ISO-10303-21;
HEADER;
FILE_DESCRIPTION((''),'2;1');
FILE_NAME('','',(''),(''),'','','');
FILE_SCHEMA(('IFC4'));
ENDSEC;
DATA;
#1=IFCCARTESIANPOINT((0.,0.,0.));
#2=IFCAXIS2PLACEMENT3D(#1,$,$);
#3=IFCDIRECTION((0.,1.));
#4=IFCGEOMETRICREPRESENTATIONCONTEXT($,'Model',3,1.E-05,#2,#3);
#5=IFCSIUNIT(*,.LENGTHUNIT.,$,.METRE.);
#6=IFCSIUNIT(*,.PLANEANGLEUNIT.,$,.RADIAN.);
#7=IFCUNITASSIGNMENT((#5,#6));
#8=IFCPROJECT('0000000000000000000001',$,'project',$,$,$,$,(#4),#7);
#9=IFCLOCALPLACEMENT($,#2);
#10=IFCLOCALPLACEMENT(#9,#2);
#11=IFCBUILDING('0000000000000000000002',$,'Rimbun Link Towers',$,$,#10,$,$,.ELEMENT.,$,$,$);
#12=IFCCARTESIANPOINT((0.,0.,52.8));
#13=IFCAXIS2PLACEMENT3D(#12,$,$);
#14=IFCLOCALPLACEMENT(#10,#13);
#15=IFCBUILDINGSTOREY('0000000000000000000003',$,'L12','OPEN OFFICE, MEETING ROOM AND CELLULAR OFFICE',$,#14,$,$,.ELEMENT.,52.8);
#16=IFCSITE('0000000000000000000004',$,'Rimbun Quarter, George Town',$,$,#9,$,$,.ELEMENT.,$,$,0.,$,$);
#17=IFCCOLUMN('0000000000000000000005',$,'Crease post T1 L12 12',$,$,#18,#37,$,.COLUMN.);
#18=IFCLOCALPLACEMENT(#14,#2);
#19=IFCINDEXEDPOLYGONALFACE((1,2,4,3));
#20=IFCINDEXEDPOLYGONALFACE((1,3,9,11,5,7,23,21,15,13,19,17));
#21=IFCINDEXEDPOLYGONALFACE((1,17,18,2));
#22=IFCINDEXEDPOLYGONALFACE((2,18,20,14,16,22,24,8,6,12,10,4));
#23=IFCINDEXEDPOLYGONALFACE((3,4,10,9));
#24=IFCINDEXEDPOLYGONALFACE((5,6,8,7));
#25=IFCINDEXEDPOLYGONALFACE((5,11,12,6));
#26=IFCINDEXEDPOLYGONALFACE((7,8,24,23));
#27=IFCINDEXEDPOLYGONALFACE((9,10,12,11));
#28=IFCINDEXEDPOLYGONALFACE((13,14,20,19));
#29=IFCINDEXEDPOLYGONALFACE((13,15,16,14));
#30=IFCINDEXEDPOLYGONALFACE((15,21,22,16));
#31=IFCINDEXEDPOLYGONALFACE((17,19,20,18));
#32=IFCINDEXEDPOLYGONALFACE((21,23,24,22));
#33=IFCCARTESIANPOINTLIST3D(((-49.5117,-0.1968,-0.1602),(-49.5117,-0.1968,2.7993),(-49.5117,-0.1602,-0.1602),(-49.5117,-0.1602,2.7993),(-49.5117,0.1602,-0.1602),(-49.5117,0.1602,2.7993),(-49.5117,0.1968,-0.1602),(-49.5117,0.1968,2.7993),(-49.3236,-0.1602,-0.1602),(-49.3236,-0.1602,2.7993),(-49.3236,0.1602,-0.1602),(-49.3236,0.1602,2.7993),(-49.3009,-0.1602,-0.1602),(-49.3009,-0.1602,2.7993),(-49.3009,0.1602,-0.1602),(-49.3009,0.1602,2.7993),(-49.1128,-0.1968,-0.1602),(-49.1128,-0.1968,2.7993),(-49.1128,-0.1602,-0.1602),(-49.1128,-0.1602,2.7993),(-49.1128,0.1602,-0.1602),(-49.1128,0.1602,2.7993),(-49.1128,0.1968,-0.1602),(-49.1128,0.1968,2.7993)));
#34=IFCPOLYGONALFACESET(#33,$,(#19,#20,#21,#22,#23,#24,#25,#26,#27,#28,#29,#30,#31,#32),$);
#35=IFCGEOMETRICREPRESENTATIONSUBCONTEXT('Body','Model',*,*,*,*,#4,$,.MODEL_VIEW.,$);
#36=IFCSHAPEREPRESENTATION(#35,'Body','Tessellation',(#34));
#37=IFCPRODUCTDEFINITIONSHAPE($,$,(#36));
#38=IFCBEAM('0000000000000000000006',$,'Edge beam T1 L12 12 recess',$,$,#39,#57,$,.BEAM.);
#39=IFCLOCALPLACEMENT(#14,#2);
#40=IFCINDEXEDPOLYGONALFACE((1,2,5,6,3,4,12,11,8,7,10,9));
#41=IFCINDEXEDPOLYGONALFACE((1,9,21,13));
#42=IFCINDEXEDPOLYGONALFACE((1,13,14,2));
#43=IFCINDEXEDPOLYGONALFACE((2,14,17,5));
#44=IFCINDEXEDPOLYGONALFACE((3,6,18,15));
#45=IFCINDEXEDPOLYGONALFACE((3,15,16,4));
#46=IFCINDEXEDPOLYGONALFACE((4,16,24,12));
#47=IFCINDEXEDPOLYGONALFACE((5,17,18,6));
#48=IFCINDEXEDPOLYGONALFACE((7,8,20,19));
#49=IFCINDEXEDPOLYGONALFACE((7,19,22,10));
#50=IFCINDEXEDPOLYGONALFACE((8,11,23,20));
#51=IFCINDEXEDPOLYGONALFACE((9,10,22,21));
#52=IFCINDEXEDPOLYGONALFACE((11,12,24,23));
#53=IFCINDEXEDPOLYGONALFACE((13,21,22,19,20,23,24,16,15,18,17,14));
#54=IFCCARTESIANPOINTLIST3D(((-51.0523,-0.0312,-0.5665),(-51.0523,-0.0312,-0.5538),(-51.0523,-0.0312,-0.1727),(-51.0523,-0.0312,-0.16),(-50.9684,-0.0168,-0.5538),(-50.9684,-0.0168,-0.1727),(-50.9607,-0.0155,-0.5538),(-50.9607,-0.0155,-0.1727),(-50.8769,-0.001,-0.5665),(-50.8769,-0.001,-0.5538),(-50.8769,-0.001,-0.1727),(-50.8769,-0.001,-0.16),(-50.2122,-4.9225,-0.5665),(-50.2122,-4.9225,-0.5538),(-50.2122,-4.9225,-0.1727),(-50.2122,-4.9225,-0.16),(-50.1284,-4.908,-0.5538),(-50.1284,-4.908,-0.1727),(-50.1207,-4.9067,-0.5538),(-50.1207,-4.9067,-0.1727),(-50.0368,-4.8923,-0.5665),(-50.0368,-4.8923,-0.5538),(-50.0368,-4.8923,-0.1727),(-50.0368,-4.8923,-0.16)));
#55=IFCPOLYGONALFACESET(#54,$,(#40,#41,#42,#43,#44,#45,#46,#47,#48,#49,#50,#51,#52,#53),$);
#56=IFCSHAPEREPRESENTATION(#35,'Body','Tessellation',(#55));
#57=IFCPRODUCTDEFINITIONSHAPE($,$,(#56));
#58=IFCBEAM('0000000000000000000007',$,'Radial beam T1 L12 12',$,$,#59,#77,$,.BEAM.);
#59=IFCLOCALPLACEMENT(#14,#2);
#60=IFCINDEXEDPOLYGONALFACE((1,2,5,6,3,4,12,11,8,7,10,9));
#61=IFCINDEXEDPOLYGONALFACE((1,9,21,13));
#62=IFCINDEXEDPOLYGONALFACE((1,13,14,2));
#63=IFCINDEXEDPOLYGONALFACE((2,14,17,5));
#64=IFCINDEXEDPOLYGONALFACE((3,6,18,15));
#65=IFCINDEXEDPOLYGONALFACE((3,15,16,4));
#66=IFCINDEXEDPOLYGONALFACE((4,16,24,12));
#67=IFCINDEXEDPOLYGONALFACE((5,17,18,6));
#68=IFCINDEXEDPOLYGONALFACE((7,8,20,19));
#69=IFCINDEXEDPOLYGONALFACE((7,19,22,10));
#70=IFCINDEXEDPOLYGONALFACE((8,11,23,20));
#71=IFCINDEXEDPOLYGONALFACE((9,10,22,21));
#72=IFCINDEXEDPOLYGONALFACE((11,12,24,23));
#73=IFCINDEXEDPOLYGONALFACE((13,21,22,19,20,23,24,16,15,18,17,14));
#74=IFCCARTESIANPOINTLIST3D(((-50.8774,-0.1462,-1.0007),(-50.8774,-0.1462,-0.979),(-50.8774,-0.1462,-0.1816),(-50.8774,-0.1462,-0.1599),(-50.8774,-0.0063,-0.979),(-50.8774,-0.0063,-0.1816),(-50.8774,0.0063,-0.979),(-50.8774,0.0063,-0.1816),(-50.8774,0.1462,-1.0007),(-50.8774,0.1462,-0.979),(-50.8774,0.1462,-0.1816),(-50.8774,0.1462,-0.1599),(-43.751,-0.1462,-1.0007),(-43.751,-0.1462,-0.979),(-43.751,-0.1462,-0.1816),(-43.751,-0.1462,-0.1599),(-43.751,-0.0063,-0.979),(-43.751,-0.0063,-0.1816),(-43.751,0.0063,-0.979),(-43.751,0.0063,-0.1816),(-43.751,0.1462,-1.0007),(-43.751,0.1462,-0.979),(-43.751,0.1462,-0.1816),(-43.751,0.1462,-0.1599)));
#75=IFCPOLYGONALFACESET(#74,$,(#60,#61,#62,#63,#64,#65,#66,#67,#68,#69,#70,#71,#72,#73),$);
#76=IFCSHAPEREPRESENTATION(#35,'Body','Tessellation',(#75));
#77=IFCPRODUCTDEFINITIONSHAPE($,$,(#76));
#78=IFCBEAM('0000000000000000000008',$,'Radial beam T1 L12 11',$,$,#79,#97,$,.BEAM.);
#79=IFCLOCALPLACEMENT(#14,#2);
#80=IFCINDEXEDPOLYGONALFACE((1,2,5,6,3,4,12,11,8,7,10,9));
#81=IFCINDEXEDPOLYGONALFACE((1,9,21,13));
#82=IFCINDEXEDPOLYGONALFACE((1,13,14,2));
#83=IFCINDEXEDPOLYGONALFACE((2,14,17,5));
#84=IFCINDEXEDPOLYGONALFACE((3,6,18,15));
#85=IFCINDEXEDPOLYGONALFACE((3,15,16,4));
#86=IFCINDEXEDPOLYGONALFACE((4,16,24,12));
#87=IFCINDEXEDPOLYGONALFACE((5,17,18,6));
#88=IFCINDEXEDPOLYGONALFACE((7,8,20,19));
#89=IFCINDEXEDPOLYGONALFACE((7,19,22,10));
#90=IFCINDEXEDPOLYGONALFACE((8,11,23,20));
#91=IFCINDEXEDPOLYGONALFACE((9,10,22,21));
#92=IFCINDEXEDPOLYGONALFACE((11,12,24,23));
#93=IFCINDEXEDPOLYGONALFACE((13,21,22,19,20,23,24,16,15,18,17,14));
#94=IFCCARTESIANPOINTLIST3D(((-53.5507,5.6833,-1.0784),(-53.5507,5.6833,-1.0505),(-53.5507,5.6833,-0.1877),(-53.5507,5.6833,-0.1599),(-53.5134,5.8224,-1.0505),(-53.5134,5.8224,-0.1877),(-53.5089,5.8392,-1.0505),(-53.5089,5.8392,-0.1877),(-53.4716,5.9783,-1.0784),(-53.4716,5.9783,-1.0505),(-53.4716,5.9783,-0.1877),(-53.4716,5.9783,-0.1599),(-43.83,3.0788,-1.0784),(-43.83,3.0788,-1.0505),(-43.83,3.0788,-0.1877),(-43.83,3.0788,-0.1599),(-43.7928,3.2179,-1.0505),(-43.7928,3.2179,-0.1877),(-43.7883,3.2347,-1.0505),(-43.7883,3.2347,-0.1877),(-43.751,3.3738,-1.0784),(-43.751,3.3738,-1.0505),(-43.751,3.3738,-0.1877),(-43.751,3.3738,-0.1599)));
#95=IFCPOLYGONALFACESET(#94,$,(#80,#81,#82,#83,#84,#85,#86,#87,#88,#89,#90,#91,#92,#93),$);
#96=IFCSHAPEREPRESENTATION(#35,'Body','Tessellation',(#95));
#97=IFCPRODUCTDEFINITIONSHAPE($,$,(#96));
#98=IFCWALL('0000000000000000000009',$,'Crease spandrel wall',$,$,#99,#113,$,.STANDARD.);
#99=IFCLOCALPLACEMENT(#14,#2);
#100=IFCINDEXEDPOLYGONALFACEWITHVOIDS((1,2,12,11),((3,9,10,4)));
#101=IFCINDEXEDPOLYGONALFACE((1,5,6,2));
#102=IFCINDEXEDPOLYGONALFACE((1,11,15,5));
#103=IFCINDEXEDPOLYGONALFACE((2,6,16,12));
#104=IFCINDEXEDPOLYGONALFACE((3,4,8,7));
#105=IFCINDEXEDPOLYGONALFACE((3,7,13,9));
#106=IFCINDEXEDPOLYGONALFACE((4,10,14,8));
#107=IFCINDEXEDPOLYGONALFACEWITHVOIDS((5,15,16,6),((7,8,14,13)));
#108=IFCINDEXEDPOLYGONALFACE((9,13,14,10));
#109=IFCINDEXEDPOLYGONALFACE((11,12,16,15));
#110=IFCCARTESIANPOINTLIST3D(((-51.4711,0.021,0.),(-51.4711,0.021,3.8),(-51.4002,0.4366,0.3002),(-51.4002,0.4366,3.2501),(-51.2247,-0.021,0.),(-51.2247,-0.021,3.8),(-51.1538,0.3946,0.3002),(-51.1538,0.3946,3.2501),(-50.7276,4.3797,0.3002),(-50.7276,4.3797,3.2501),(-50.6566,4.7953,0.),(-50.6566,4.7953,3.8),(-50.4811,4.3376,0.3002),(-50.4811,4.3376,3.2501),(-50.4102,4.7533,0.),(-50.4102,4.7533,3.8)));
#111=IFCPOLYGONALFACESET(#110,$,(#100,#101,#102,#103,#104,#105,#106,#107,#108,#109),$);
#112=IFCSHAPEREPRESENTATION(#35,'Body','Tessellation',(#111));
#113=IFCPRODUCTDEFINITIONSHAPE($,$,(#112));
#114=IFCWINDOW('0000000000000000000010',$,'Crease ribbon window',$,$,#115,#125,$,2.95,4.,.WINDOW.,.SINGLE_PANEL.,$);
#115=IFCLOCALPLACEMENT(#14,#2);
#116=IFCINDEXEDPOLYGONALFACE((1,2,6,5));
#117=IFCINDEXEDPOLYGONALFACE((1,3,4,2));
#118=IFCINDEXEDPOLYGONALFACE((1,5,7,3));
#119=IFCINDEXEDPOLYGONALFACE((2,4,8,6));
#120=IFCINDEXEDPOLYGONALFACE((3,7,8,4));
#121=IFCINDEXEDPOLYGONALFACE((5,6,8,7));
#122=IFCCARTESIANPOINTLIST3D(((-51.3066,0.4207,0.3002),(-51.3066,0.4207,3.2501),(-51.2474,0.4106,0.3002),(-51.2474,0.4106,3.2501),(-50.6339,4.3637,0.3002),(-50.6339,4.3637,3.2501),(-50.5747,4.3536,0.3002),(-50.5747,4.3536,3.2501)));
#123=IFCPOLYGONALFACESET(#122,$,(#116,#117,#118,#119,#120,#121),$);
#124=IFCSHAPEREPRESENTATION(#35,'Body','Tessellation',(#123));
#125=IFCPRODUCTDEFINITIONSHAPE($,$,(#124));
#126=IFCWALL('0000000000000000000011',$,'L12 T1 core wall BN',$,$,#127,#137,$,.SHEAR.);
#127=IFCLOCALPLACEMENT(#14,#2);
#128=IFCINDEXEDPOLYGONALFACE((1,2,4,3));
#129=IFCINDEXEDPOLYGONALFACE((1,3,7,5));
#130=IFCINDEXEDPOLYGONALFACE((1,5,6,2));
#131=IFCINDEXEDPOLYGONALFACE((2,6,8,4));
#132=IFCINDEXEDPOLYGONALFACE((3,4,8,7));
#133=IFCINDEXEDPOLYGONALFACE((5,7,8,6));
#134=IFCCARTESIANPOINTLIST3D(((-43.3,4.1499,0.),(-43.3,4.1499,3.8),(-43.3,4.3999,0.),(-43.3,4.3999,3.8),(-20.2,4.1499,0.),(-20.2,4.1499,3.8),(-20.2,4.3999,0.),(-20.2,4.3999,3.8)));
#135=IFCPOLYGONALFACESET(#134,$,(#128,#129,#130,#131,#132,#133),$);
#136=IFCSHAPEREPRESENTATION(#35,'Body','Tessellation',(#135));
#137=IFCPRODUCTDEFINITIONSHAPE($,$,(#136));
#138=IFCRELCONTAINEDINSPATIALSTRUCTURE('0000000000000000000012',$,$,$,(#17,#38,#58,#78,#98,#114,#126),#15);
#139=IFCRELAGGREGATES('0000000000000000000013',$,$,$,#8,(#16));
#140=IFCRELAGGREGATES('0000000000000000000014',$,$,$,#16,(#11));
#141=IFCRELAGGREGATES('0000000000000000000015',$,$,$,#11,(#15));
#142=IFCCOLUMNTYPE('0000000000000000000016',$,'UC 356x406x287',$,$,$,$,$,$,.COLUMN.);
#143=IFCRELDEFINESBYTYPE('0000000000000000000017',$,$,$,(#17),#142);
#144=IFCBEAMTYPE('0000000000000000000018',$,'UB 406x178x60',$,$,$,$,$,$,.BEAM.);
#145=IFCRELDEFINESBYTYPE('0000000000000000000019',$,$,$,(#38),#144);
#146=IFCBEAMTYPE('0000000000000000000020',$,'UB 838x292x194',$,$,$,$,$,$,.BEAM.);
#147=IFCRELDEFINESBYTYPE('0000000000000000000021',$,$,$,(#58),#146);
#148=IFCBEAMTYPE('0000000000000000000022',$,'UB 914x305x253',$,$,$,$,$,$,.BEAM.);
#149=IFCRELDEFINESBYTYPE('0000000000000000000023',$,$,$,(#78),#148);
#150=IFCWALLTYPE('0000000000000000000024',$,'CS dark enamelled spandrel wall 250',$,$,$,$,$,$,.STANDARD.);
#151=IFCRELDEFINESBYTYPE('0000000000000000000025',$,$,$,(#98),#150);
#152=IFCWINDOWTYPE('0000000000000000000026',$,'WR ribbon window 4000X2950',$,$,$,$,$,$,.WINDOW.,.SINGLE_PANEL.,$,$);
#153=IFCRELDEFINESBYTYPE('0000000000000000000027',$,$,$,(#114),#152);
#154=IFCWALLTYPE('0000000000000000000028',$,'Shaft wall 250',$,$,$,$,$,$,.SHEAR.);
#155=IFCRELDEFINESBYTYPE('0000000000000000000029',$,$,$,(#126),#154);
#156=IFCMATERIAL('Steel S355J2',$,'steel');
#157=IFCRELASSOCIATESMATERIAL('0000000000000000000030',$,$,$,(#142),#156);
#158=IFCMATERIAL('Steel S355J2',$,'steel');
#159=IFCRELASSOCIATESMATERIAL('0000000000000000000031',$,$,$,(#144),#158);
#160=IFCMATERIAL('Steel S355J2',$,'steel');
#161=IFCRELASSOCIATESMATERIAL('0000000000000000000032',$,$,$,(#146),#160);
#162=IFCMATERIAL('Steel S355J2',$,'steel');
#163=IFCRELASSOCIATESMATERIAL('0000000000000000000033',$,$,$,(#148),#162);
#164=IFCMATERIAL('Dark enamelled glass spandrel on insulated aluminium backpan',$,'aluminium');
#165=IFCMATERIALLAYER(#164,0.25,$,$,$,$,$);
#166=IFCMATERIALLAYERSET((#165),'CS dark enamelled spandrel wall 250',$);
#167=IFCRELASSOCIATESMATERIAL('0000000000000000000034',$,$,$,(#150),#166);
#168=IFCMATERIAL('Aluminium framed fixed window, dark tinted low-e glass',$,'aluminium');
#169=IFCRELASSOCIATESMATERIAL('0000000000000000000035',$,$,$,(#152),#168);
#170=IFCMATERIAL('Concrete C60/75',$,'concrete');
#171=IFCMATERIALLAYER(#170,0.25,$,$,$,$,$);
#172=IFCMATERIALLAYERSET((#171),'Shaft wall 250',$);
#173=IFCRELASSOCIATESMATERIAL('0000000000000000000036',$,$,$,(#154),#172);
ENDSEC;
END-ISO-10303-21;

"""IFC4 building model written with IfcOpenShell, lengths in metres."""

from ifc_helpers import new_model, si_unit, direction, frame, frame_2d, origin, origin_2d, place, context, subcontext, project, spatial, rectangle, i_section, extrude, material, layer, layer_set, material_profile, profile_set, type_object, element, fill, save


model = new_model("IFC4")

# Units and contexts
model_context = context("Model", 3, precision=1e-05, world=origin(), true_north=direction((0.0, 1.0)))
body_context = subcontext(model_context, "Body", "Model", "MODEL_VIEW")
ifc_project = project(units=[si_unit("LENGTHUNIT", "METRE"), si_unit("PLANEANGLEUNIT", "RADIAN")], contexts=[model_context])

# Site, building, storey
site_placement = place(None, origin())
site = spatial("IfcSite", under=ifc_project, at=site_placement, Name="Rimbun Quarter, George Town", CompositionType="ELEMENT", RefElevation=0.0)
building_placement = place(site_placement, origin())
building = spatial("IfcBuilding", under=site, at=building_placement, Name="Rimbun Link Towers", CompositionType="ELEMENT")
storey_placement = place(building_placement, frame((0.0, 0.0, 52.8)))
storey = spatial("IfcBuildingStorey", under=building, at=storey_placement, Name="L12", Description="OPEN OFFICE, MEETING ROOM AND CELLULAR OFFICE", CompositionType="ELEMENT", Elevation=52.8)

# Column
ifc_material_1 = material(Name="Steel S355J2", Category="steel")
ifc_material_profile_1 = material_profile(ifc_material_1, i_section(OverallWidth=0.3989, OverallDepth=0.3936, WebThickness=0.0227, FlangeThickness=0.0366, at=origin_2d()), Name="UC 356x406x287")
ifc_profile_set_1 = profile_set([ifc_material_profile_1], Name="Steel S355J2")
column_type = type_object("IfcColumnType", Name="UC 356x406x287", PredefinedType="COLUMN", material=ifc_profile_set_1)
column_placement = place(storey_placement, frame((-49.3123, 0.0, -0.1602), z_axis=(0.0, 0.0, 1.0), x_axis=(1.0, 0.0, 0.0)))
element("IfcColumn", 1, at=column_placement, inside=storey, type_object=column_type, Name="Crease post T1 L12 12", PredefinedType="COLUMN", context=body_context, shape_type="SweptSolid", body=[
    extrude(i_section(OverallWidth=0.3989, OverallDepth=0.3936, WebThickness=0.0227, FlangeThickness=0.0366, at=origin_2d()), origin(), (0.0, 0.0, 1.0), 2.9595),
])

# Beams
ifc_material_2 = material(Name="Steel S355J2", Category="steel")
ifc_material_profile_2 = material_profile(ifc_material_2, i_section(OverallWidth=0.178, OverallDepth=0.4065, WebThickness=0.0078, FlangeThickness=0.0127, at=origin_2d()), Name="UB 406x178x60")
ifc_profile_set_2 = profile_set([ifc_material_profile_2], Name="Steel S355J2")
beam_type_1 = type_object("IfcBeamType", Name="UB 406x178x60", PredefinedType="BEAM", material=ifc_profile_set_2)
beam_1_placement = place(storey_placement, frame((-50.9646, -0.0161, -0.3633), z_axis=(0.169271, -0.98557, 0.0), x_axis=(0.98557, 0.169271, 0.0)))
element("IfcBeam", 2, at=beam_1_placement, inside=storey, type_object=beam_type_1, Name="Edge beam T1 L12 12 recess", PredefinedType="BEAM", context=body_context, shape_type="SweptSolid", body=[
    extrude(i_section(OverallWidth=0.178, OverallDepth=0.4065, WebThickness=0.0078, FlangeThickness=0.0127, at=origin_2d()), origin(), (0.0, 0.0, 1.0), 4.9629),
])
ifc_material_3 = material(Name="Steel S355J2", Category="steel")
ifc_material_profile_3 = material_profile(ifc_material_3, i_section(OverallWidth=0.2925, OverallDepth=0.8408, WebThickness=0.0127, FlangeThickness=0.0217, at=origin_2d()), Name="UB 838x292x194")
ifc_profile_set_3 = profile_set([ifc_material_profile_3], Name="Steel S355J2")
beam_type_2 = type_object("IfcBeamType", Name="UB 838x292x194", PredefinedType="BEAM", material=ifc_profile_set_3)
beam_2_placement = place(storey_placement, frame((-43.751, 0.0, -0.5803), z_axis=(-1.0, 0.0, 0.0), x_axis=(0.0, -1.0, 0.0)))
element("IfcBeam", 3, at=beam_2_placement, inside=storey, type_object=beam_type_2, Name="Radial beam T1 L12 12", PredefinedType="BEAM", context=body_context, shape_type="SweptSolid", body=[
    extrude(i_section(OverallWidth=0.2925, OverallDepth=0.8408, WebThickness=0.0127, FlangeThickness=0.0217, at=origin_2d()), origin(), (0.0, 0.0, 1.0), 7.1265),
])
ifc_material_4 = material(Name="Steel S355J2", Category="steel")
ifc_material_profile_4 = material_profile(ifc_material_4, i_section(OverallWidth=0.3054, OverallDepth=0.9185, WebThickness=0.0173, FlangeThickness=0.0278, at=origin_2d()), Name="UB 914x305x253")
ifc_profile_set_4 = profile_set([ifc_material_profile_4], Name="Steel S355J2")
beam_type_3 = type_object("IfcBeamType", Name="UB 914x305x253", PredefinedType="BEAM", material=ifc_profile_set_4)
beam_3_placement = place(storey_placement, frame((-43.7905, 3.2263, -0.6191), z_axis=(-0.96593, 0.258804, 0.0), x_axis=(-0.258804, -0.96593, 0.0)))
element("IfcBeam", 4, at=beam_3_placement, inside=storey, type_object=beam_type_3, Name="Radial beam T1 L12 11", PredefinedType="BEAM", context=body_context, shape_type="SweptSolid", body=[
    extrude(i_section(OverallWidth=0.3054, OverallDepth=0.9185, WebThickness=0.0173, FlangeThickness=0.0278, at=origin_2d()), origin(), (0.0, 0.0, 1.0), 10.0635),
])

# Wall, opening, window
ifc_material_5 = material(Name="Dark enamelled glass spandrel on insulated aluminium backpan", Category="aluminium")
ifc_layer_1 = layer(ifc_material_5, 0.25)
ifc_layer_set_1 = layer_set([ifc_layer_1], Name="CS dark enamelled spandrel wall 250")
wall_type_1 = type_object("IfcWallType", Name="CS dark enamelled spandrel wall 250", PredefinedType="STANDARD", material=ifc_layer_set_1)
wall_1_placement = place(storey_placement, frame((-51.3479, 0.0, 0.0), z_axis=(0.0, 0.0, 1.0), x_axis=(0.168166, 0.985759, 0.0)))
wall_1 = element("IfcWall", 5, at=wall_1_placement, inside=storey, type_object=wall_type_1, Name="Crease spandrel wall", PredefinedType="STANDARD", context=body_context, shape_type="SweptSolid", body=[
    extrude(rectangle(XDim=4.8433, YDim=0.25, at=frame_2d((2.4216, 0.0))), origin(), (0.0, 0.0, 1.0), 3.8),
])
opening_1_placement = place(wall_1_placement, frame((0.4216, 0.0, 0.3)))
opening_1 = element("IfcOpeningElement", 6, at=opening_1_placement, cuts=wall_1, PredefinedType="OPENING", context=body_context, shape_type="SweptSolid", body=[
    extrude(rectangle(XDim=4.0, YDim=2.95, at=frame_2d((2.0, 1.4751))), frame((0.0, 0.135, 0.0), z_axis=(0.0, -1.0, 0.0), x_axis=(1.0, 0.0, 0.0)), (0.0, 0.0, 1.0), 0.27),
])
ifc_material_6 = material(Name="Aluminium framed fixed window, dark tinted low-e glass", Category="aluminium")
window_type = type_object("IfcWindowType", Name="WR ribbon window 4000X2950", PartitioningType="SINGLE_PANEL", PredefinedType="WINDOW", material=ifc_material_6)
window_placement = place(opening_1_placement, origin())
window = element("IfcWindow", 7, at=window_placement, inside=storey, type_object=window_type, Name="Crease ribbon window", OverallHeight=2.95, OverallWidth=4.0, PartitioningType="SINGLE_PANEL", PredefinedType="WINDOW", context=body_context, shape_type="SweptSolid", body=[
    extrude(rectangle(XDim=4.0, YDim=2.95, at=frame_2d((2.0, 1.4751))), frame((0.0, 0.03, 0.0), z_axis=(0.0, -1.0, 0.0), x_axis=(1.0, 0.0, 0.0)), (0.0, 0.0, 1.0), 0.0601),
])
fill(opening_1, window)

# Wall
ifc_material_7 = material(Name="Concrete C60/75", Category="concrete")
ifc_layer_2 = layer(ifc_material_7, 0.25)
ifc_layer_set_2 = layer_set([ifc_layer_2], Name="Shaft wall 250")
wall_type_2 = type_object("IfcWallType", Name="Shaft wall 250", PredefinedType="SHEAR", material=ifc_layer_set_2)
wall_2_placement = place(storey_placement, frame((-43.3, 4.2749, 0.0), z_axis=(0.0, 0.0, 1.0), x_axis=(1.0, 0.0, 0.0)))
element("IfcWall", 8, at=wall_2_placement, inside=storey, type_object=wall_type_2, Name="L12 T1 core wall BN", PredefinedType="SHEAR", context=body_context, shape_type="SweptSolid", body=[
    extrude(rectangle(XDim=23.1001, YDim=0.25, at=frame_2d((11.55, 0.0))), origin(), (0.0, 0.0, 1.0), 3.8),
])

save(model, "model.ifc")
